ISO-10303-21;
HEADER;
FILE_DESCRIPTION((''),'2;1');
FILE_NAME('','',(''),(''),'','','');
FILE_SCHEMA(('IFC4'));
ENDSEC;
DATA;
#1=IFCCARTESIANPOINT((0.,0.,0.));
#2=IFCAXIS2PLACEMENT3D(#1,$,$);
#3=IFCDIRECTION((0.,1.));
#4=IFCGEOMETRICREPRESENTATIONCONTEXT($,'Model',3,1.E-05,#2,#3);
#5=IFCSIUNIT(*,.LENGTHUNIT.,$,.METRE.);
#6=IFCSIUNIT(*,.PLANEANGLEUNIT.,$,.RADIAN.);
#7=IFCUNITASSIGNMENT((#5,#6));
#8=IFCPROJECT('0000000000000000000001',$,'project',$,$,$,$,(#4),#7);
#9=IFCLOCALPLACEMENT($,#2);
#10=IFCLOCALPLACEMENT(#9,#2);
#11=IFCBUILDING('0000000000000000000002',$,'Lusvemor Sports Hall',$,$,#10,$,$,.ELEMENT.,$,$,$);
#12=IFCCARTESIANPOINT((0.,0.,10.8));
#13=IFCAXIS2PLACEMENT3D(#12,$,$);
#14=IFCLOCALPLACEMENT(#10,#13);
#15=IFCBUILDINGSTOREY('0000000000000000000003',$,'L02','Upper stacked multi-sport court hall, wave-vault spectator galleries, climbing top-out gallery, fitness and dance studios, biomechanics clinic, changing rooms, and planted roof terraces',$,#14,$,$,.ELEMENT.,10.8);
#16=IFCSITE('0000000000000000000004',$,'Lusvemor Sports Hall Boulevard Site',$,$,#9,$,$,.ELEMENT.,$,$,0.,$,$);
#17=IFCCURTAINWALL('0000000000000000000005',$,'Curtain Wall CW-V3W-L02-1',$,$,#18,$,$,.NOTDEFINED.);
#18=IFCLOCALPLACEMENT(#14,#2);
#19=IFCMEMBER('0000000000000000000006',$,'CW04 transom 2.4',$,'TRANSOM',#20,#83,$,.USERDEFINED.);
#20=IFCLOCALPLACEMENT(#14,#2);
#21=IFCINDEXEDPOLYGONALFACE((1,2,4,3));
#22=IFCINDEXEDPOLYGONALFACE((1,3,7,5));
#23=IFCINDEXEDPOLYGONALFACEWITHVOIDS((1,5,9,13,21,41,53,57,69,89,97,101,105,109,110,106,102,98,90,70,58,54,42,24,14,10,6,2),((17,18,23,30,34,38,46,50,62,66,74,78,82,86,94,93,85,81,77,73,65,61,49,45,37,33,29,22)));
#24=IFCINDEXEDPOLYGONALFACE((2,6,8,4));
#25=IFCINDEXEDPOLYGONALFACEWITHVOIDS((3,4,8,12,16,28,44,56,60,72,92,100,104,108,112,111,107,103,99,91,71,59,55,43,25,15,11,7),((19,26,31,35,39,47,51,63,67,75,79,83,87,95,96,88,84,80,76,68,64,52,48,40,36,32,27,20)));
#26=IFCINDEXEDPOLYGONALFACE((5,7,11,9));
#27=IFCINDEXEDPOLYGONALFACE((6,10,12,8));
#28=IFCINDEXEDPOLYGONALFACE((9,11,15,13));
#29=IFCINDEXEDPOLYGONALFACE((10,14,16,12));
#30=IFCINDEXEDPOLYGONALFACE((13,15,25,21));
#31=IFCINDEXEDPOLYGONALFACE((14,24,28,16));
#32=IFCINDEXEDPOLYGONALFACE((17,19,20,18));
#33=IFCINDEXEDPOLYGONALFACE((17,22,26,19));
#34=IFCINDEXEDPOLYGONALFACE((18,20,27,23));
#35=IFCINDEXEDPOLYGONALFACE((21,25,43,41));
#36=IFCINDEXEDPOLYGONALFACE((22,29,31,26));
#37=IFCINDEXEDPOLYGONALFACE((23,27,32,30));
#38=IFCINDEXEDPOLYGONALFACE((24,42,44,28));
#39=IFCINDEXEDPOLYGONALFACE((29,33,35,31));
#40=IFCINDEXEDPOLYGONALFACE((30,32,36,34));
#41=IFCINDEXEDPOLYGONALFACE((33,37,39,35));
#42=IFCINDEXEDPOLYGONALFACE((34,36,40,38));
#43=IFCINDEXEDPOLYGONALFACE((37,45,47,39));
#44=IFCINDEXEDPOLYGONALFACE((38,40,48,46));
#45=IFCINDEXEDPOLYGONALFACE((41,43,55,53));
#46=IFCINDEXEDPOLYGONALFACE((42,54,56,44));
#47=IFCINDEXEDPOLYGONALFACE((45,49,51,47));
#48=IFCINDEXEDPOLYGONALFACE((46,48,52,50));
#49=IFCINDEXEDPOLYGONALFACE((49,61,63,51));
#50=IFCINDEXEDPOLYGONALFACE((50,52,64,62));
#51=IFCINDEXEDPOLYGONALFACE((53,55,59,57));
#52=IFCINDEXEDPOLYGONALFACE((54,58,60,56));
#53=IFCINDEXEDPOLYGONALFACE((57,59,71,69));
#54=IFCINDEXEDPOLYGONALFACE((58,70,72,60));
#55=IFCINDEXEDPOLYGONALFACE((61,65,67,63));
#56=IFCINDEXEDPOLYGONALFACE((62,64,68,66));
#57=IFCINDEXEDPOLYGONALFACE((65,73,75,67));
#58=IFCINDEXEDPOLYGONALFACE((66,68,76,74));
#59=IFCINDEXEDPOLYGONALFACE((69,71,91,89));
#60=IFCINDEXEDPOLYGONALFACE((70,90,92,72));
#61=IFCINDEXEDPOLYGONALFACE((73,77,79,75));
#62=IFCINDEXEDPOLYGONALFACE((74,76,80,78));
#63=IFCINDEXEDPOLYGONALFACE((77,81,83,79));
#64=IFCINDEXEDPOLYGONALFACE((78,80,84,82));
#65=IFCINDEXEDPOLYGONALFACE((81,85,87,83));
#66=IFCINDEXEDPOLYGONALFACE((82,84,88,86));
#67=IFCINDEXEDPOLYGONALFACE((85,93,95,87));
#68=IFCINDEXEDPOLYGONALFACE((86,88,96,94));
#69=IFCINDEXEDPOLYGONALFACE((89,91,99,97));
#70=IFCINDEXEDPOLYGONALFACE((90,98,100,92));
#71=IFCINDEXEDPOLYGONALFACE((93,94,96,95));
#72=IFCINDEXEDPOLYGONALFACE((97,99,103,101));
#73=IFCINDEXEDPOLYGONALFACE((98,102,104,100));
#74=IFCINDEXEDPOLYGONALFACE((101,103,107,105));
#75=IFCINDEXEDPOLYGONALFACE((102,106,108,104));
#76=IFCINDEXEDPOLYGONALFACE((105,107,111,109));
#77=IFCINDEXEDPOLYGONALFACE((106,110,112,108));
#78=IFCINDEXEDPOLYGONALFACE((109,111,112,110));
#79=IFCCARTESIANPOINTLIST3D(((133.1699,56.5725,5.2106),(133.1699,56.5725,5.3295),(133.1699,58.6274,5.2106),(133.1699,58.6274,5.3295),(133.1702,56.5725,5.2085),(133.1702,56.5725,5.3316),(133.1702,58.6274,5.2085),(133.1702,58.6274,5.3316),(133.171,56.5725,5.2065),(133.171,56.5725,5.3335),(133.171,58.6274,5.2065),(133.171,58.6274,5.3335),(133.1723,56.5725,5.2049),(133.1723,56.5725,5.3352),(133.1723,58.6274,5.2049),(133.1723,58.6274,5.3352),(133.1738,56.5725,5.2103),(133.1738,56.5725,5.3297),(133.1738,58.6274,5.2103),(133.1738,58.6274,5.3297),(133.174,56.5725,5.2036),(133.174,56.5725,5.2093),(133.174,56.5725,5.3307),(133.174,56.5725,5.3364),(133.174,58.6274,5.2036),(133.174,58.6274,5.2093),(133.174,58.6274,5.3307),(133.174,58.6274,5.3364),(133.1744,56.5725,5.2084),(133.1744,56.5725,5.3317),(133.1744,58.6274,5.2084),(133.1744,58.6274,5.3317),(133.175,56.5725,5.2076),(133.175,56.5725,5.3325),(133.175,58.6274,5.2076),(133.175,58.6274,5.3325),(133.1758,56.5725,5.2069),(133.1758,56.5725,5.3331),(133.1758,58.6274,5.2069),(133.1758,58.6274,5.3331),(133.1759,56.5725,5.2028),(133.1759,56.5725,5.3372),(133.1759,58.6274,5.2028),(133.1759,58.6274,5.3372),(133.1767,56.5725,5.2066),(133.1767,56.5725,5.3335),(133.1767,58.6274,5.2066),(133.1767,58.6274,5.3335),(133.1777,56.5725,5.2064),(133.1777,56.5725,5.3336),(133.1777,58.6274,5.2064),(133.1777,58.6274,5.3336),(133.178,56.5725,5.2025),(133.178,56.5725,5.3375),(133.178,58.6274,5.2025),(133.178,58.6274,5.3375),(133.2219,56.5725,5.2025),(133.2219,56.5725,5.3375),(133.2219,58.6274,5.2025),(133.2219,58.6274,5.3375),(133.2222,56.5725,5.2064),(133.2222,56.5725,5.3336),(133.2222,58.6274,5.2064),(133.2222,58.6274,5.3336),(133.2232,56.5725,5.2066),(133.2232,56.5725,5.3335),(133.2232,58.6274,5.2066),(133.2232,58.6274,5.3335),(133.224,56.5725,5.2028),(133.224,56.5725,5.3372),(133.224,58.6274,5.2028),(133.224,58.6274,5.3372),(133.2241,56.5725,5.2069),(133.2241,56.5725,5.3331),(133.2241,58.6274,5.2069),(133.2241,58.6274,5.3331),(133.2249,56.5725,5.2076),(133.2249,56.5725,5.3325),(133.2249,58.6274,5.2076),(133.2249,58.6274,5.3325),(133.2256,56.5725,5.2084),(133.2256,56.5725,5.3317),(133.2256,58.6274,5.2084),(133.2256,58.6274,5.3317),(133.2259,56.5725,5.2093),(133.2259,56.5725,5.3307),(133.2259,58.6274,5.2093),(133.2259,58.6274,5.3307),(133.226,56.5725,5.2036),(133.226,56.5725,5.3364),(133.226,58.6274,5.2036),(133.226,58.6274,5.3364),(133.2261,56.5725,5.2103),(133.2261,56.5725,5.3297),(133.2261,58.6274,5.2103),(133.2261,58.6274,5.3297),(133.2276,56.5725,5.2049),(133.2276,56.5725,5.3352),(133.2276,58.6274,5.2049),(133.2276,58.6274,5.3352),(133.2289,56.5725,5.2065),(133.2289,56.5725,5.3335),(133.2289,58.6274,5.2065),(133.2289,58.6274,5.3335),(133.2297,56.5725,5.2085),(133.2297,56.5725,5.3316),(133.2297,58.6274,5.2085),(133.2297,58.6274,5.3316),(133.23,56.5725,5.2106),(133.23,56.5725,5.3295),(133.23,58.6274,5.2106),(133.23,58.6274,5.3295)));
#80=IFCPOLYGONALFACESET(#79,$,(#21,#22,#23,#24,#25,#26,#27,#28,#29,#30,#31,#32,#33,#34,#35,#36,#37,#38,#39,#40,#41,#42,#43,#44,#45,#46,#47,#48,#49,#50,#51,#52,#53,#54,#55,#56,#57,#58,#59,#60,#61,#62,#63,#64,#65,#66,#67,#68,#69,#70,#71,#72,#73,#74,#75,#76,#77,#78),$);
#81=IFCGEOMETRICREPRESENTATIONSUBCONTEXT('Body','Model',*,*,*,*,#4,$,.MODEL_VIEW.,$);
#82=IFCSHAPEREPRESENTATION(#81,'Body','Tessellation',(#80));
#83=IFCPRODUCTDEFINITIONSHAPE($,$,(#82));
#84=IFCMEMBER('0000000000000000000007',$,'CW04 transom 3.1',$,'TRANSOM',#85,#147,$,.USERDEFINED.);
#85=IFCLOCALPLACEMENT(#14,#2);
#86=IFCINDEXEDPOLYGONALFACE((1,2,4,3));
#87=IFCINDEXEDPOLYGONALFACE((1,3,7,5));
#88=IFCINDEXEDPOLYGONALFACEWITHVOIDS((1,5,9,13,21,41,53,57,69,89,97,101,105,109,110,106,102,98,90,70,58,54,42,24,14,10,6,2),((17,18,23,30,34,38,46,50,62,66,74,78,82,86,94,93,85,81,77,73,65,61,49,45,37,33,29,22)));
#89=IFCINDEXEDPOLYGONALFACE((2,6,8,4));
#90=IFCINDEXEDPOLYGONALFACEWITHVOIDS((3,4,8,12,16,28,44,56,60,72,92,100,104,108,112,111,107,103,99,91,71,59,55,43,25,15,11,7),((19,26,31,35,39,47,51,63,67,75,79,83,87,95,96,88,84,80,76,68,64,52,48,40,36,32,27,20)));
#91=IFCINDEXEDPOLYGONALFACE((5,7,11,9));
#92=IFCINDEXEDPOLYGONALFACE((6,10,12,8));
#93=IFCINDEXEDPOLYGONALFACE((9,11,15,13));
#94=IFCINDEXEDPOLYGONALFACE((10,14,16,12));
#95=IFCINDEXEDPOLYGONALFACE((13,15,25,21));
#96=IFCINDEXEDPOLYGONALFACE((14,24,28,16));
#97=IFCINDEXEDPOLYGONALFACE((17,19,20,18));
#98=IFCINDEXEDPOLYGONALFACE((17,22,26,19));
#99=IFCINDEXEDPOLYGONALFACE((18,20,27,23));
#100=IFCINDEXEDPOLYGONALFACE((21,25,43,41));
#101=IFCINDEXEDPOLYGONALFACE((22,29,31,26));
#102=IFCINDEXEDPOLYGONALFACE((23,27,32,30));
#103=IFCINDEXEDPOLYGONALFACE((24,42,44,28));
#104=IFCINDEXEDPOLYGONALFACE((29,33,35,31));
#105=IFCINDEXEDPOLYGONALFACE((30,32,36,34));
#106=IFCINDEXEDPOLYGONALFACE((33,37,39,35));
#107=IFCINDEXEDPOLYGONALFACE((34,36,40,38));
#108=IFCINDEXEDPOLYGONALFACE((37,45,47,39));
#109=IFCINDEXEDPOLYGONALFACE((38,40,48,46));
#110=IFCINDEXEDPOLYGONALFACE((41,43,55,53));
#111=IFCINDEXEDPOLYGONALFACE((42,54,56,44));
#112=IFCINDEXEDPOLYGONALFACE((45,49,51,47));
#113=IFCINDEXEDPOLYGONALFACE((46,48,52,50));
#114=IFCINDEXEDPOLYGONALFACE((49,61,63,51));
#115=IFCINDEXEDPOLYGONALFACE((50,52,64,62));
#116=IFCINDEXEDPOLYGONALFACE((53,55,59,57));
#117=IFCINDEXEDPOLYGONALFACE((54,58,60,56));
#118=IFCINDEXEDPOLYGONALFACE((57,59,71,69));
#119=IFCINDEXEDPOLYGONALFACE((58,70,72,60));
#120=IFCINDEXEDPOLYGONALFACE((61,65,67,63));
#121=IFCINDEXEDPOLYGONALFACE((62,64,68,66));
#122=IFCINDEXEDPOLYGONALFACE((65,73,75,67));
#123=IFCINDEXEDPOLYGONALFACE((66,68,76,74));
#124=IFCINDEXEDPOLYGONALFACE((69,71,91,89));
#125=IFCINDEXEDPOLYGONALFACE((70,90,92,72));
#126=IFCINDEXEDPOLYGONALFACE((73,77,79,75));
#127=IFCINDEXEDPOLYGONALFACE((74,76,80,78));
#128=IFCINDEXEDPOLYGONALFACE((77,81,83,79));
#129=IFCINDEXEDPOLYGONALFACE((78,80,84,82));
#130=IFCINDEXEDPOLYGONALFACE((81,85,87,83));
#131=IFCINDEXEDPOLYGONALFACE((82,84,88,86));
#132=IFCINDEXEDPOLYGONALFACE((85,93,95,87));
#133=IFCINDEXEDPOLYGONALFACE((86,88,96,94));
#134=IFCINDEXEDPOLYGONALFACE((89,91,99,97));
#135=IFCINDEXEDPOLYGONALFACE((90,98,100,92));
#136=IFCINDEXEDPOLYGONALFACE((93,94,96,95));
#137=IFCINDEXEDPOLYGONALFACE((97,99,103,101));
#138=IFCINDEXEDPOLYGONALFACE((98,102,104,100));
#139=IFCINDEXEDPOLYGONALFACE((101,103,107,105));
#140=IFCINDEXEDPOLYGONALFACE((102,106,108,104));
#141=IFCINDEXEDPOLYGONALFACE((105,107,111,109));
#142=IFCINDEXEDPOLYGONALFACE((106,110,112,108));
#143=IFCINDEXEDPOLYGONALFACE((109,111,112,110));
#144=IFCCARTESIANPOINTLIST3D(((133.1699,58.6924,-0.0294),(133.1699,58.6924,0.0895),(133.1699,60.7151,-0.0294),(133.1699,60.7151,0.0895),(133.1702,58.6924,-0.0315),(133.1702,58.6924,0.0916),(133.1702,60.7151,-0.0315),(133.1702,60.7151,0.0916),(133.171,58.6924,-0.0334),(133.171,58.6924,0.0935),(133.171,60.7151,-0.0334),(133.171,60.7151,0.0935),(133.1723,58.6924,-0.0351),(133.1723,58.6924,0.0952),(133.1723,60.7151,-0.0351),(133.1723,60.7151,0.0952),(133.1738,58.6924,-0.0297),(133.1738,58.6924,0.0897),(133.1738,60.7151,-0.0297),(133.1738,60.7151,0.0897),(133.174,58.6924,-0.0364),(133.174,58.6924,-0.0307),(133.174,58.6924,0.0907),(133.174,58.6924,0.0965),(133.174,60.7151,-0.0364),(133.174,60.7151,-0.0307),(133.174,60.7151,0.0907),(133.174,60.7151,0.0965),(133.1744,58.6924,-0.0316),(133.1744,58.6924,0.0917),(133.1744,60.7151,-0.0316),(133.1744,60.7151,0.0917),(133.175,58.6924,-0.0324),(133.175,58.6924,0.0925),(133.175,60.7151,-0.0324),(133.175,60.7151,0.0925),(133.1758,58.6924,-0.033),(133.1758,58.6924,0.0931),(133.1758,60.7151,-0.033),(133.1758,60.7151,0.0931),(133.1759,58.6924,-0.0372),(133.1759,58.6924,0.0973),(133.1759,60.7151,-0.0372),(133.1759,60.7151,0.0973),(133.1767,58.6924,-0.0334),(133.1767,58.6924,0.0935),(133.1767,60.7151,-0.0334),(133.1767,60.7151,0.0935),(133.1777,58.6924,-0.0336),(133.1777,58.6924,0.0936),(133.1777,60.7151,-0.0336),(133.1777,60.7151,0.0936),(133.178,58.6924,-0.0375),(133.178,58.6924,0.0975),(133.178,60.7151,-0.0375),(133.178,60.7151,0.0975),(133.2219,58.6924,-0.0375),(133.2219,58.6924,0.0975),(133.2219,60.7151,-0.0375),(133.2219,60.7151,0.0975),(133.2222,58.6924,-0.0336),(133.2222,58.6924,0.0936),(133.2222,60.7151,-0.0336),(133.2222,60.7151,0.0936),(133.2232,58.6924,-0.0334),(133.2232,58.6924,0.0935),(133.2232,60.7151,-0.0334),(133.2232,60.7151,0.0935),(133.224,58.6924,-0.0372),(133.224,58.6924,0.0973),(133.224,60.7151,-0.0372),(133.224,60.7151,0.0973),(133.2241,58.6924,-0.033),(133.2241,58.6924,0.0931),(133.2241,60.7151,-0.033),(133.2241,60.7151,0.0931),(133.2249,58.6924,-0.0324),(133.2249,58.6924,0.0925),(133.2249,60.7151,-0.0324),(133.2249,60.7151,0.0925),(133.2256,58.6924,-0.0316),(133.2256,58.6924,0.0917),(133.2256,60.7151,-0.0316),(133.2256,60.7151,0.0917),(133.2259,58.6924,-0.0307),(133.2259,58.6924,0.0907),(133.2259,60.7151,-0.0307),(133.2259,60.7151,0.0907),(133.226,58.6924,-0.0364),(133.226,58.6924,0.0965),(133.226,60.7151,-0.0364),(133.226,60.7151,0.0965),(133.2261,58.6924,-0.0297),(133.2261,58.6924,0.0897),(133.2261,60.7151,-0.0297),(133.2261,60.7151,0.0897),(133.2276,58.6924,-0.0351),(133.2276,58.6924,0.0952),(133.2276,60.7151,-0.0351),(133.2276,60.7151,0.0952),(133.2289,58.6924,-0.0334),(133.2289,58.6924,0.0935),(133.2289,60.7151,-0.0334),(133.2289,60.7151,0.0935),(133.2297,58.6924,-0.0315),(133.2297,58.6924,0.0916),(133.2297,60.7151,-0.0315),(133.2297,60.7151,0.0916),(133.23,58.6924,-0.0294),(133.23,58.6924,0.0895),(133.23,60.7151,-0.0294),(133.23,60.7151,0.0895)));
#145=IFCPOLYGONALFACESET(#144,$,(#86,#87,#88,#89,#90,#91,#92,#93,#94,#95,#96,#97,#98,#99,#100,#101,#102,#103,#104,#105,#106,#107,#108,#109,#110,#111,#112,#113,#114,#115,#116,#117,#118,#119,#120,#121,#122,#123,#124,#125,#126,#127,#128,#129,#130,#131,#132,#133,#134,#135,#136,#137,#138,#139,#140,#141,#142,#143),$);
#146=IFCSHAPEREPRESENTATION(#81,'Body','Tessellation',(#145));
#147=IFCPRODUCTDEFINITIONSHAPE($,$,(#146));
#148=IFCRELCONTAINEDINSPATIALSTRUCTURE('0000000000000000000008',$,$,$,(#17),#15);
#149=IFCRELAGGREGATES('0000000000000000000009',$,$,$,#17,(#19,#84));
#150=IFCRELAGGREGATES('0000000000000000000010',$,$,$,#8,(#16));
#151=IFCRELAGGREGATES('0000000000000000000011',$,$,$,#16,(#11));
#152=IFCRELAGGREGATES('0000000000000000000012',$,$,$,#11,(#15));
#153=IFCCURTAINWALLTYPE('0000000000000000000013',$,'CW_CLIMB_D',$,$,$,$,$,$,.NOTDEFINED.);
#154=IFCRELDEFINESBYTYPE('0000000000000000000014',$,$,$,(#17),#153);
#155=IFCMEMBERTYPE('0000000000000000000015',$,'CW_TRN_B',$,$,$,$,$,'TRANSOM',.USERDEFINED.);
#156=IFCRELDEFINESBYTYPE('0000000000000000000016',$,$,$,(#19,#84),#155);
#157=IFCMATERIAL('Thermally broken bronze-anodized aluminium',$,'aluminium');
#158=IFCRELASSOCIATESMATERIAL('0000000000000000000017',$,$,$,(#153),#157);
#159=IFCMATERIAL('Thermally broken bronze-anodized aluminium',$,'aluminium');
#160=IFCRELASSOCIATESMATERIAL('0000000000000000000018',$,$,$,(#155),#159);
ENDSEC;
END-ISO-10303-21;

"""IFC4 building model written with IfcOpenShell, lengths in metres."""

from ifc_helpers import new_model, si_unit, direction, frame, origin, origin_2d, place, context, subcontext, project, spatial, hollow_rectangle, extrude, material, material_profile, profile_set, type_object, element, aggregate, save


model = new_model("IFC4")

# Units and contexts
model_context = context("Model", 3, precision=1e-05, world=origin(), true_north=direction((0.0, 1.0)))
body_context = subcontext(model_context, "Body", "Model", "MODEL_VIEW")
ifc_project = project(units=[si_unit("LENGTHUNIT", "METRE"), si_unit("PLANEANGLEUNIT", "RADIAN")], contexts=[model_context])

# Site, building, storey
site_placement = place(None, origin())
site = spatial("IfcSite", under=ifc_project, at=site_placement, Name="Lusvemor Sports Hall Boulevard Site", CompositionType="ELEMENT", RefElevation=0.0)
building_placement = place(site_placement, origin())
building = spatial("IfcBuilding", under=site, at=building_placement, Name="Lusvemor Sports Hall", CompositionType="ELEMENT")
storey_placement = place(building_placement, frame((0.0, 0.0, 10.8)))
storey = spatial("IfcBuildingStorey", under=building, at=storey_placement, Name="L02", Description="Upper stacked multi-sport court hall, wave-vault spectator galleries, climbing top-out gallery, fitness and dance studios, biomechanics clinic, changing rooms, and planted roof terraces", CompositionType="ELEMENT", Elevation=10.8)

# Curtain wall, members
ifc_material_1 = material(Name="Thermally broken bronze-anodized aluminium", Category="aluminium")
curtain_wall_type = type_object("IfcCurtainWallType", Name="CW_CLIMB_D", PredefinedType="NOTDEFINED", material=ifc_material_1)
curtain_wall_placement = place(storey_placement, origin())
curtain_wall = element("IfcCurtainWall", 1, at=curtain_wall_placement, inside=storey, type_object=curtain_wall_type, Name="Curtain Wall CW-V3W-L02-1", PredefinedType="NOTDEFINED")
ifc_material_2 = material(Name="Thermally broken bronze-anodized aluminium", Category="aluminium")
ifc_material_profile_1 = material_profile(ifc_material_2, hollow_rectangle(XDim=0.0601, YDim=0.135, WallThickness=0.0039, InnerFilletRadius=0.0039, OuterFilletRadius=0.0081, at=origin_2d()), Name="CWTRN135x60x4")
ifc_profile_set_1 = profile_set([ifc_material_profile_1], Name="Thermally broken bronze-anodized aluminium")
member_type_1 = type_object("IfcMemberType", Name="CW_TRN_B", ElementType="TRANSOM", PredefinedType="USERDEFINED", material=ifc_profile_set_1)
member_1_placement = place(storey_placement, frame((133.2, 56.5725, 5.27), z_axis=(0.0, 1.0, 0.0), x_axis=(-1.0, 0.0, 0.0)))
member_1 = element("IfcMember", 2, at=member_1_placement, type_object=member_type_1, Name="CW04 transom 2.4", ObjectType="TRANSOM", PredefinedType="USERDEFINED", context=body_context, shape_type="SweptSolid", body=[
    extrude(hollow_rectangle(XDim=0.0601, YDim=0.135, WallThickness=0.0039, InnerFilletRadius=0.0039, OuterFilletRadius=0.0081, at=origin_2d()), origin(), (0.0, 0.0, 1.0), 2.0549),
])
member_2_placement = place(storey_placement, frame((133.2, 58.6924, 0.03), z_axis=(0.0, 1.0, 0.0), x_axis=(-1.0, 0.0, 0.0)))
member_2 = element("IfcMember", 3, at=member_2_placement, type_object=member_type_1, Name="CW04 transom 3.1", ObjectType="TRANSOM", PredefinedType="USERDEFINED", context=body_context, shape_type="SweptSolid", body=[
    extrude(hollow_rectangle(XDim=0.0601, YDim=0.135, WallThickness=0.0039, InnerFilletRadius=0.0039, OuterFilletRadius=0.0081, at=origin_2d()), origin(), (0.0, 0.0, 1.0), 2.0227),
])
aggregate(curtain_wall, [member_1, member_2])

save(model, "model.ifc")
